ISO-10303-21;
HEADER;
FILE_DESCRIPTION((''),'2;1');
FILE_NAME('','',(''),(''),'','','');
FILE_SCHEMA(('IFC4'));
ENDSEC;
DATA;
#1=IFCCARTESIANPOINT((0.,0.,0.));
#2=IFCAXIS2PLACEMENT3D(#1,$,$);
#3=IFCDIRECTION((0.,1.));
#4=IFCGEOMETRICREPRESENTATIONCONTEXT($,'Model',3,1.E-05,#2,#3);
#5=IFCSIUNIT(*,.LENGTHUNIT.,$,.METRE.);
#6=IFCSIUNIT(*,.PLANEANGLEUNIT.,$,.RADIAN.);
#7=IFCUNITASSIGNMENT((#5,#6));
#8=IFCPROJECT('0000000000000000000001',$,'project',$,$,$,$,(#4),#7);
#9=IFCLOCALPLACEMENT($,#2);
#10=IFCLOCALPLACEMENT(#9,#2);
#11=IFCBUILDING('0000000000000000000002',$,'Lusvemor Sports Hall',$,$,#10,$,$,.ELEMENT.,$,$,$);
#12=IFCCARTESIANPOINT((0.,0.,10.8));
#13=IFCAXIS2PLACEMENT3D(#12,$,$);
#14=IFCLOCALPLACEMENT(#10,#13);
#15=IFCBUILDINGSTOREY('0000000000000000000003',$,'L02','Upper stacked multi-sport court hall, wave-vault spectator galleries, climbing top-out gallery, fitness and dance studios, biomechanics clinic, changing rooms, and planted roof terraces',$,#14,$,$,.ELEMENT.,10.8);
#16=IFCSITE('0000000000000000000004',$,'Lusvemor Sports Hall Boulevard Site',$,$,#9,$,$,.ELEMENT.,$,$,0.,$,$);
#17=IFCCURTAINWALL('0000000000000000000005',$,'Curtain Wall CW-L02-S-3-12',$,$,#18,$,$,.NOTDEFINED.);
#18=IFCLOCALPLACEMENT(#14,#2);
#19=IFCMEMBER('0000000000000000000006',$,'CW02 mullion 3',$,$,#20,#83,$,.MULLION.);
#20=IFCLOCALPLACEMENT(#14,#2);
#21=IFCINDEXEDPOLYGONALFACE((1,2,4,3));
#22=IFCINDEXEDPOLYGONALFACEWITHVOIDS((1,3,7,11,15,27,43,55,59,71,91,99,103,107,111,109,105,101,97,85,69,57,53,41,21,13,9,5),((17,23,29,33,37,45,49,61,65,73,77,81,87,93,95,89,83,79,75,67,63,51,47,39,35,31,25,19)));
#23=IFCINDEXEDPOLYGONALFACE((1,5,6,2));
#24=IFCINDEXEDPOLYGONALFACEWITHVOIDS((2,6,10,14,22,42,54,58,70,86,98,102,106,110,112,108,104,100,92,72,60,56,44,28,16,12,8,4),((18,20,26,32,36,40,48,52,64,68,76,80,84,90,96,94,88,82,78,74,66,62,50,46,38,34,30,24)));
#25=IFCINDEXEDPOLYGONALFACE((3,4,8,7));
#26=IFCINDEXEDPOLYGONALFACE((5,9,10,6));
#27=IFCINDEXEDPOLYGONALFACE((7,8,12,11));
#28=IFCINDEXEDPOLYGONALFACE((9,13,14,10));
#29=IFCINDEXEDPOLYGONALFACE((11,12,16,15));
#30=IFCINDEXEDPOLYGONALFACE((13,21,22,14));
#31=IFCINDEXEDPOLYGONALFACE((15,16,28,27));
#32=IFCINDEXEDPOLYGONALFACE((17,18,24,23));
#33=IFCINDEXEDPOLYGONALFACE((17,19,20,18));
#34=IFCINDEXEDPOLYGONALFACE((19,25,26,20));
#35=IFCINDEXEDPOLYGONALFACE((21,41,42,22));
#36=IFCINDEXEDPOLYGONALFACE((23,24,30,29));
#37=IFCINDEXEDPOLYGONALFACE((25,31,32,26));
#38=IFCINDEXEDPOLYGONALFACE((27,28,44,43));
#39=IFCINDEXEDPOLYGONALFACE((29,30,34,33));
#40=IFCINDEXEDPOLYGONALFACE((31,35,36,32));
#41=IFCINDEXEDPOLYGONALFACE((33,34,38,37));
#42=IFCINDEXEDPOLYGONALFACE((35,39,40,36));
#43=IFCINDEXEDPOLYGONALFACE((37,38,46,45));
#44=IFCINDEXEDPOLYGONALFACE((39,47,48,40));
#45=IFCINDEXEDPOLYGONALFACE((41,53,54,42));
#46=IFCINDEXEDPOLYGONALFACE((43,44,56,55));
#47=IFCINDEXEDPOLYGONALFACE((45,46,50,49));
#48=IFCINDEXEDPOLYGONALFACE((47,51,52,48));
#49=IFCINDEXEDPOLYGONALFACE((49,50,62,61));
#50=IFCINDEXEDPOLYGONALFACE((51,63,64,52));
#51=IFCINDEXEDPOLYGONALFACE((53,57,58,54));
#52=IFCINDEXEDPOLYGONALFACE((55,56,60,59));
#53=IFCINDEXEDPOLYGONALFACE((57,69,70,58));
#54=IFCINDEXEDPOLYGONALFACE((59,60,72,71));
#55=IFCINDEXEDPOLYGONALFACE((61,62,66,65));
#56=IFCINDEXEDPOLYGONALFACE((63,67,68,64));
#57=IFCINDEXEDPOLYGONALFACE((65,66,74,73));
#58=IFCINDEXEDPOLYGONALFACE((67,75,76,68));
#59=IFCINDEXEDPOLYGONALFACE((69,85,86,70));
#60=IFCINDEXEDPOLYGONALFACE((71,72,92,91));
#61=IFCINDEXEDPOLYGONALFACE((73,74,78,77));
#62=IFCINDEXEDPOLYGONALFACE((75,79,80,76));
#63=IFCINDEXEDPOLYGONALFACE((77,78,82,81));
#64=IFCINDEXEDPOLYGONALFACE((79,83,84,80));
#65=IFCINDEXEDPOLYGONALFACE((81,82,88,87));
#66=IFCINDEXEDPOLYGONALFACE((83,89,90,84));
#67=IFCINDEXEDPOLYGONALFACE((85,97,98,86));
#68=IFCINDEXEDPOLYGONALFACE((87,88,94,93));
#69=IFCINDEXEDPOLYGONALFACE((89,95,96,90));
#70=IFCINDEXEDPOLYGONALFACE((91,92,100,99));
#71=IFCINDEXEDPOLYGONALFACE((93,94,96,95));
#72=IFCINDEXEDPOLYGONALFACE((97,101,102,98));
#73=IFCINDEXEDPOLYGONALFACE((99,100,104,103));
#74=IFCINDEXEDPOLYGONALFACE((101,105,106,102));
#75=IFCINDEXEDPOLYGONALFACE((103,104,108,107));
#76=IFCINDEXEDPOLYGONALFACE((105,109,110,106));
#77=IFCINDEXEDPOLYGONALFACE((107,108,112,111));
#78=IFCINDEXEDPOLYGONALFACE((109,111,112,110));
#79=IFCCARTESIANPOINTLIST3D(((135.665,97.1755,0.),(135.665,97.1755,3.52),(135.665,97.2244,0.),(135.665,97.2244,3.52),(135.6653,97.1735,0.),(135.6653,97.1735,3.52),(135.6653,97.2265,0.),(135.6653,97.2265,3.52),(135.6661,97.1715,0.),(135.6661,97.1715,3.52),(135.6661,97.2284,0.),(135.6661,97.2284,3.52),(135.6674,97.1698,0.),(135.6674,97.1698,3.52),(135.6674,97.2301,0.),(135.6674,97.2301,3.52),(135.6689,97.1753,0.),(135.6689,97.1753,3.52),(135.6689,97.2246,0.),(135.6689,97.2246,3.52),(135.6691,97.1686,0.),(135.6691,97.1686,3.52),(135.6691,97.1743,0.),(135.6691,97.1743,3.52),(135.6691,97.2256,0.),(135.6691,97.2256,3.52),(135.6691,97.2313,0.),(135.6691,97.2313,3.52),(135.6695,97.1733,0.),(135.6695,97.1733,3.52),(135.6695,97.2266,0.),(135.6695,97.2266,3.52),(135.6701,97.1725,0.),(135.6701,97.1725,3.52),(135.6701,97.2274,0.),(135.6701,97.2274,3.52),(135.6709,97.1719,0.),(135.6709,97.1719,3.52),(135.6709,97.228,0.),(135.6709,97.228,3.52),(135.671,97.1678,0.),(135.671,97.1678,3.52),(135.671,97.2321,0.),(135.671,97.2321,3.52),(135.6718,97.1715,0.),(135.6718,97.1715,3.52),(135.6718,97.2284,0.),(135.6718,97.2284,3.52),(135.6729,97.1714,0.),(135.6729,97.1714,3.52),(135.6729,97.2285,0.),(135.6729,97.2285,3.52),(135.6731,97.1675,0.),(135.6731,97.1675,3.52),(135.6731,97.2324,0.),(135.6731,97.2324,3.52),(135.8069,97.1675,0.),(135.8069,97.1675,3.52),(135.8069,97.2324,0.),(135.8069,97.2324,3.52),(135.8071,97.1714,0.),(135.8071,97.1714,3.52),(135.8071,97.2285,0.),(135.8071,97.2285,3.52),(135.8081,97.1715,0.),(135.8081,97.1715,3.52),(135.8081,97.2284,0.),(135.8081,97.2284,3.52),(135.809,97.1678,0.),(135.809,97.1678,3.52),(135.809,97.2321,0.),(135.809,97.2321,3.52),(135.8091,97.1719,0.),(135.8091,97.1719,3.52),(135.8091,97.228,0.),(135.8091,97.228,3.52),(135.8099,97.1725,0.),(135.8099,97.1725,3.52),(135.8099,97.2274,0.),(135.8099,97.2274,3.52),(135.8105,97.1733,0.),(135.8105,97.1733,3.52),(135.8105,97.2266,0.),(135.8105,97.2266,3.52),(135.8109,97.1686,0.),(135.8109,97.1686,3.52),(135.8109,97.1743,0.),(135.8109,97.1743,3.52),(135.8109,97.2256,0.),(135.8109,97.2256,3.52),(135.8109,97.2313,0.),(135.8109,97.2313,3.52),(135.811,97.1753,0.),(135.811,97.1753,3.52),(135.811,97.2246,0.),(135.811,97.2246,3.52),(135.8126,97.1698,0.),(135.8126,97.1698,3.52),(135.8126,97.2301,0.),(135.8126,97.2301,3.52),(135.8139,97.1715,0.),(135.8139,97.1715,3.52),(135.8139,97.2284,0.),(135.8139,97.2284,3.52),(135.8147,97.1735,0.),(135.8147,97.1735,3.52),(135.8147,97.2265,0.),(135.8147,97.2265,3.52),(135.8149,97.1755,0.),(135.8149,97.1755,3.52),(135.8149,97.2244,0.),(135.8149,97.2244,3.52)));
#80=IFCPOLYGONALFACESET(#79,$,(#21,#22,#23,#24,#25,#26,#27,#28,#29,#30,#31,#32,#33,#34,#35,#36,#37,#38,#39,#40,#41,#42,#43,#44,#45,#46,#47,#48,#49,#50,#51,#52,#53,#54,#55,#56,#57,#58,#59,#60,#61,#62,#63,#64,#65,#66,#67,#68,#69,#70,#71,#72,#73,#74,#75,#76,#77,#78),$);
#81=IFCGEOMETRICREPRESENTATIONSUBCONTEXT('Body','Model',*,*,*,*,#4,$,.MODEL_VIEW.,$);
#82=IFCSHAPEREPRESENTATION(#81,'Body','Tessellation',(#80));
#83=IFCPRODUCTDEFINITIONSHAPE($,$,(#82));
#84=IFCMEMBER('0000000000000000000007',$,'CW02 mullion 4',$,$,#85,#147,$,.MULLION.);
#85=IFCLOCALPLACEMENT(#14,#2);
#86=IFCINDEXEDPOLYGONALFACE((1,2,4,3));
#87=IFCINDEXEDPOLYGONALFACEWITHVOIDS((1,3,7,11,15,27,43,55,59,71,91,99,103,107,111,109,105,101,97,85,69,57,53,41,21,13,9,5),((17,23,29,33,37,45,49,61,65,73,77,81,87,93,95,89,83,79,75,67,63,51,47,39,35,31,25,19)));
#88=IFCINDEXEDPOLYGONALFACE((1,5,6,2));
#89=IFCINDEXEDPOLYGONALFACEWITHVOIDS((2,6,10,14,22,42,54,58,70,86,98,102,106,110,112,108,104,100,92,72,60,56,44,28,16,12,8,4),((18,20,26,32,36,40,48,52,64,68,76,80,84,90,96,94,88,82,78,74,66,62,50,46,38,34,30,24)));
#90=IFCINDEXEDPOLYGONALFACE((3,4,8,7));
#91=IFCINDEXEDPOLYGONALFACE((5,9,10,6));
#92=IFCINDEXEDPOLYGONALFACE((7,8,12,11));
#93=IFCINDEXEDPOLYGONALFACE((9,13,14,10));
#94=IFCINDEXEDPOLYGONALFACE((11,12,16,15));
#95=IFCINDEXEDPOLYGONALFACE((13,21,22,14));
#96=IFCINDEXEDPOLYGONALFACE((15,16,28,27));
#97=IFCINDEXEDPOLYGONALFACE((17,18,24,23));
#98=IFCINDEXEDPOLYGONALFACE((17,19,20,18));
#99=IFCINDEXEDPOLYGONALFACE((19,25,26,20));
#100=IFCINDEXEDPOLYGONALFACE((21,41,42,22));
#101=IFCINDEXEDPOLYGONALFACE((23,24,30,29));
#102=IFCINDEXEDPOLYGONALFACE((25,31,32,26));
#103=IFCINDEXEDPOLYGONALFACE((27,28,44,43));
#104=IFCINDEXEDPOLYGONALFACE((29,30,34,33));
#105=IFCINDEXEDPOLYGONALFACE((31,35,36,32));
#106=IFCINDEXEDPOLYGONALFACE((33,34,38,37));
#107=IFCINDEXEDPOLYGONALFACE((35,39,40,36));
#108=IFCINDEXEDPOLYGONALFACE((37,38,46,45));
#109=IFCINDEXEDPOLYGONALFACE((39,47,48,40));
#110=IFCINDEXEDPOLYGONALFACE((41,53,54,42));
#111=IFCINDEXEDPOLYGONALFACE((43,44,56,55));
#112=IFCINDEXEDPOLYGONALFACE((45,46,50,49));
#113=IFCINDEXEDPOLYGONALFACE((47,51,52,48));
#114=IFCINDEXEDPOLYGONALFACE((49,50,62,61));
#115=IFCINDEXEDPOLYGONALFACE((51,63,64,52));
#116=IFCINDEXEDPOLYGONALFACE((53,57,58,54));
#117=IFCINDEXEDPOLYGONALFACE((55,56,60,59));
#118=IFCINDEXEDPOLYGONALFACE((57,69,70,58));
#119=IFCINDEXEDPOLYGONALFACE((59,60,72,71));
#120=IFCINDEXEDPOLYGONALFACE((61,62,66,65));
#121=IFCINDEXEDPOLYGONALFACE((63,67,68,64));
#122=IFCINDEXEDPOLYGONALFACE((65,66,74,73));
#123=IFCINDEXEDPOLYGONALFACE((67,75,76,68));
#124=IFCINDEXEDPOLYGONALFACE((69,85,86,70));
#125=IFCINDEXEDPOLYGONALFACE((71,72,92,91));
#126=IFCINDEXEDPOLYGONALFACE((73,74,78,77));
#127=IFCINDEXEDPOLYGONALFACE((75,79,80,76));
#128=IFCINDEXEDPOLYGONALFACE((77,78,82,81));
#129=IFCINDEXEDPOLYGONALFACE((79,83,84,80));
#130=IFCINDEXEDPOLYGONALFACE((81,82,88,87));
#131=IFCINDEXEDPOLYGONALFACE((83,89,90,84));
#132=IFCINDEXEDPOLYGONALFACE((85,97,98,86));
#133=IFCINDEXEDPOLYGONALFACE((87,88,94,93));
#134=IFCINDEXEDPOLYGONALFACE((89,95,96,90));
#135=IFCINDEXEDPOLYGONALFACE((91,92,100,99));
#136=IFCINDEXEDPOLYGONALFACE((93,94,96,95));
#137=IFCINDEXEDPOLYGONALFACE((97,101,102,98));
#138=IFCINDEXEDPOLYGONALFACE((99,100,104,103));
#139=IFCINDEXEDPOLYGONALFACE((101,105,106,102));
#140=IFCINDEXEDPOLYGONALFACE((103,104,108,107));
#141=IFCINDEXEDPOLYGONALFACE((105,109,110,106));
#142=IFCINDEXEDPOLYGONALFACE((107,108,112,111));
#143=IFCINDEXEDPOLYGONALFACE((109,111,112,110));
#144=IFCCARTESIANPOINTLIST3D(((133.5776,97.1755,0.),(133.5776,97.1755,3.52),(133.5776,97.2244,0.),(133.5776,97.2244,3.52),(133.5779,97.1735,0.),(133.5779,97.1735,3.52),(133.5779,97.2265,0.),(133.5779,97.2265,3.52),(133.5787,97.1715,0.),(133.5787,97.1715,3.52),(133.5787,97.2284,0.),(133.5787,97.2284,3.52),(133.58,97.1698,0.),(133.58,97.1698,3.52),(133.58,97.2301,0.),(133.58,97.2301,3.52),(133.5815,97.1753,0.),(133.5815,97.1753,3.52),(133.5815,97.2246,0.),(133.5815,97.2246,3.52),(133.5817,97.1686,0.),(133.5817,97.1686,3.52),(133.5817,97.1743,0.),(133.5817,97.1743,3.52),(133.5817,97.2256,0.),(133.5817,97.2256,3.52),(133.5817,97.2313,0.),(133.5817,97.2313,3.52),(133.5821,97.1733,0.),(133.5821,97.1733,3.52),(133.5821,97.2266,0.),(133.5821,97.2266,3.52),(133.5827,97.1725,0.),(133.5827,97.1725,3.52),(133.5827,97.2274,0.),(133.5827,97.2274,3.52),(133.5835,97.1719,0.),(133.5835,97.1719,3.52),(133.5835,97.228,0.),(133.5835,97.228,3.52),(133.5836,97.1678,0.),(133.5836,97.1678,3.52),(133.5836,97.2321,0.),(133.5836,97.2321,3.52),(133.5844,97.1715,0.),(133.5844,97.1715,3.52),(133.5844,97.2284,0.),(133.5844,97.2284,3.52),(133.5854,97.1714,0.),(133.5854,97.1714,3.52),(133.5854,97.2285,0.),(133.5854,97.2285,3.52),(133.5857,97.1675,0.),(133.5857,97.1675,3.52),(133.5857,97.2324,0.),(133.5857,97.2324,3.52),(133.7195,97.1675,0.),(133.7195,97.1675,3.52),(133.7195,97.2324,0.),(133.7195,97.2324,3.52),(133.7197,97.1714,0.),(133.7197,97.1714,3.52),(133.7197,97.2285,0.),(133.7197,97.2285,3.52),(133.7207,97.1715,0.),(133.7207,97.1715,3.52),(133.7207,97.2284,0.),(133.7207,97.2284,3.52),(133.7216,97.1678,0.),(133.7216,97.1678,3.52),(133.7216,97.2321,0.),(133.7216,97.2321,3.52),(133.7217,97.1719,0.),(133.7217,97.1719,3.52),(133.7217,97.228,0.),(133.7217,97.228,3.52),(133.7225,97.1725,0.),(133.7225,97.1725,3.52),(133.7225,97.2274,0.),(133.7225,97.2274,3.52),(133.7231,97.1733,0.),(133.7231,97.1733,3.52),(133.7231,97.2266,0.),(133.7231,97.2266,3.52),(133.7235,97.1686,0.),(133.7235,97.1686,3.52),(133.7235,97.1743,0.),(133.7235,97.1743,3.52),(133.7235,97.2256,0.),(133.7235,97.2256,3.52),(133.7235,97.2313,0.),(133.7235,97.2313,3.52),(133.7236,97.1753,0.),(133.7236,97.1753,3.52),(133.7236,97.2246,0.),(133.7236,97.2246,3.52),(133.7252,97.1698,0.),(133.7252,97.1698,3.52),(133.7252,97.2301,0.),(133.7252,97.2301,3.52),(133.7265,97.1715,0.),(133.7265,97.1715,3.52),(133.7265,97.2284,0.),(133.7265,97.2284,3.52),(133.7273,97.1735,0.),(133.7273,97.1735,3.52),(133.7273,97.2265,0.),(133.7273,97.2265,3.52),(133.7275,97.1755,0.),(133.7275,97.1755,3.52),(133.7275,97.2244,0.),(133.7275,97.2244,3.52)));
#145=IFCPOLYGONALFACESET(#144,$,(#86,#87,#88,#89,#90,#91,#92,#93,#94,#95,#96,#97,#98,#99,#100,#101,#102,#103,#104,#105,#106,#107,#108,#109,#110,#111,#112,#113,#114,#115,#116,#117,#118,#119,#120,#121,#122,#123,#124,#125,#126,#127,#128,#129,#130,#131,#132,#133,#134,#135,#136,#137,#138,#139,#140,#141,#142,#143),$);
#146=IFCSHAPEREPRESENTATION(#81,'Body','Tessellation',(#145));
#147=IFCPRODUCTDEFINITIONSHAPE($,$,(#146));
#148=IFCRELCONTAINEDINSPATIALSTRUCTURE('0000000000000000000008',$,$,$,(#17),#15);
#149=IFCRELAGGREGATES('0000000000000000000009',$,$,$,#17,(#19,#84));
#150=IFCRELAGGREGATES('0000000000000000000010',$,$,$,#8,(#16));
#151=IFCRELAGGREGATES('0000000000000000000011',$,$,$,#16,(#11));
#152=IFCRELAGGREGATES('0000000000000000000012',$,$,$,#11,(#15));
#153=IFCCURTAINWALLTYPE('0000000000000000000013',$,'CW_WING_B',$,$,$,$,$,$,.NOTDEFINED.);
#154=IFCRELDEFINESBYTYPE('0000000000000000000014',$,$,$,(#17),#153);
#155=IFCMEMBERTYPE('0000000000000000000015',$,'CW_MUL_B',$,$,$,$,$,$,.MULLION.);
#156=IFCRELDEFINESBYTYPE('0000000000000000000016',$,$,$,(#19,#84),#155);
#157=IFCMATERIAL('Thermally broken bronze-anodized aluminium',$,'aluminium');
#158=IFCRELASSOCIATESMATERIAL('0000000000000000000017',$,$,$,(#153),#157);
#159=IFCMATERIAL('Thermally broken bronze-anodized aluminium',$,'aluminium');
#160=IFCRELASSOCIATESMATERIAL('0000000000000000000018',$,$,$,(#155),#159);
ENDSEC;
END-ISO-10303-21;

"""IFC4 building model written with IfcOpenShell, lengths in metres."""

from ifc_helpers import new_model, si_unit, direction, frame, origin, origin_2d, place, context, subcontext, project, spatial, hollow_rectangle, extrude, material, material_profile, profile_set, type_object, element, aggregate, save


model = new_model("IFC4")

# Units and contexts
model_context = context("Model", 3, precision=1e-05, world=origin(), true_north=direction((0.0, 1.0)))
body_context = subcontext(model_context, "Body", "Model", "MODEL_VIEW")
ifc_project = project(units=[si_unit("LENGTHUNIT", "METRE"), si_unit("PLANEANGLEUNIT", "RADIAN")], contexts=[model_context])

# Site, building, storey
site_placement = place(None, origin())
site = spatial("IfcSite", under=ifc_project, at=site_placement, Name="Lusvemor Sports Hall Boulevard Site", CompositionType="ELEMENT", RefElevation=0.0)
building_placement = place(site_placement, origin())
building = spatial("IfcBuilding", under=site, at=building_placement, Name="Lusvemor Sports Hall", CompositionType="ELEMENT")
storey_placement = place(building_placement, frame((0.0, 0.0, 10.8)))
storey = spatial("IfcBuildingStorey", under=building, at=storey_placement, Name="L02", Description="Upper stacked multi-sport court hall, wave-vault spectator galleries, climbing top-out gallery, fitness and dance studios, biomechanics clinic, changing rooms, and planted roof terraces", CompositionType="ELEMENT", Elevation=10.8)

# Curtain wall, members
ifc_material_1 = material(Name="Thermally broken bronze-anodized aluminium", Category="aluminium")
curtain_wall_type = type_object("IfcCurtainWallType", Name="CW_WING_B", PredefinedType="NOTDEFINED", material=ifc_material_1)
curtain_wall_placement = place(storey_placement, origin())
curtain_wall = element("IfcCurtainWall", 1, at=curtain_wall_placement, inside=storey, type_object=curtain_wall_type, Name="Curtain Wall CW-L02-S-3-12", PredefinedType="NOTDEFINED")
ifc_material_2 = material(Name="Thermally broken bronze-anodized aluminium", Category="aluminium")
ifc_material_profile_1 = material_profile(ifc_material_2, hollow_rectangle(XDim=0.0649, YDim=0.1499, WallThickness=0.0039, InnerFilletRadius=0.0039, OuterFilletRadius=0.0081, at=origin_2d()), Name="CWMUL150x65x4")
ifc_profile_set_1 = profile_set([ifc_material_profile_1], Name="Thermally broken bronze-anodized aluminium")
member_type_1 = type_object("IfcMemberType", Name="CW_MUL_B", PredefinedType="MULLION", material=ifc_profile_set_1)
member_1_placement = place(storey_placement, frame((135.74, 97.2, 0.0), z_axis=(0.0, 0.0, 1.0), x_axis=(0.0, -1.0, 0.0)))
member_1 = element("IfcMember", 2, at=member_1_placement, type_object=member_type_1, Name="CW02 mullion 3", PredefinedType="MULLION", context=body_context, shape_type="SweptSolid", body=[
    extrude(hollow_rectangle(XDim=0.0649, YDim=0.1499, WallThickness=0.0039, InnerFilletRadius=0.0039, OuterFilletRadius=0.0081, at=origin_2d()), origin(), (0.0, 0.0, 1.0), 3.52),
])
member_2_placement = place(storey_placement, frame((133.6526, 97.2, 0.0), z_axis=(0.0, 0.0, 1.0), x_axis=(0.0, -1.0, 0.0)))
member_2 = element("IfcMember", 3, at=member_2_placement, type_object=member_type_1, Name="CW02 mullion 4", PredefinedType="MULLION", context=body_context, shape_type="SweptSolid", body=[
    extrude(hollow_rectangle(XDim=0.0649, YDim=0.1499, WallThickness=0.0039, InnerFilletRadius=0.0039, OuterFilletRadius=0.0081, at=origin_2d()), origin(), (0.0, 0.0, 1.0), 3.52),
])
aggregate(curtain_wall, [member_1, member_2])

save(model, "model.ifc")
